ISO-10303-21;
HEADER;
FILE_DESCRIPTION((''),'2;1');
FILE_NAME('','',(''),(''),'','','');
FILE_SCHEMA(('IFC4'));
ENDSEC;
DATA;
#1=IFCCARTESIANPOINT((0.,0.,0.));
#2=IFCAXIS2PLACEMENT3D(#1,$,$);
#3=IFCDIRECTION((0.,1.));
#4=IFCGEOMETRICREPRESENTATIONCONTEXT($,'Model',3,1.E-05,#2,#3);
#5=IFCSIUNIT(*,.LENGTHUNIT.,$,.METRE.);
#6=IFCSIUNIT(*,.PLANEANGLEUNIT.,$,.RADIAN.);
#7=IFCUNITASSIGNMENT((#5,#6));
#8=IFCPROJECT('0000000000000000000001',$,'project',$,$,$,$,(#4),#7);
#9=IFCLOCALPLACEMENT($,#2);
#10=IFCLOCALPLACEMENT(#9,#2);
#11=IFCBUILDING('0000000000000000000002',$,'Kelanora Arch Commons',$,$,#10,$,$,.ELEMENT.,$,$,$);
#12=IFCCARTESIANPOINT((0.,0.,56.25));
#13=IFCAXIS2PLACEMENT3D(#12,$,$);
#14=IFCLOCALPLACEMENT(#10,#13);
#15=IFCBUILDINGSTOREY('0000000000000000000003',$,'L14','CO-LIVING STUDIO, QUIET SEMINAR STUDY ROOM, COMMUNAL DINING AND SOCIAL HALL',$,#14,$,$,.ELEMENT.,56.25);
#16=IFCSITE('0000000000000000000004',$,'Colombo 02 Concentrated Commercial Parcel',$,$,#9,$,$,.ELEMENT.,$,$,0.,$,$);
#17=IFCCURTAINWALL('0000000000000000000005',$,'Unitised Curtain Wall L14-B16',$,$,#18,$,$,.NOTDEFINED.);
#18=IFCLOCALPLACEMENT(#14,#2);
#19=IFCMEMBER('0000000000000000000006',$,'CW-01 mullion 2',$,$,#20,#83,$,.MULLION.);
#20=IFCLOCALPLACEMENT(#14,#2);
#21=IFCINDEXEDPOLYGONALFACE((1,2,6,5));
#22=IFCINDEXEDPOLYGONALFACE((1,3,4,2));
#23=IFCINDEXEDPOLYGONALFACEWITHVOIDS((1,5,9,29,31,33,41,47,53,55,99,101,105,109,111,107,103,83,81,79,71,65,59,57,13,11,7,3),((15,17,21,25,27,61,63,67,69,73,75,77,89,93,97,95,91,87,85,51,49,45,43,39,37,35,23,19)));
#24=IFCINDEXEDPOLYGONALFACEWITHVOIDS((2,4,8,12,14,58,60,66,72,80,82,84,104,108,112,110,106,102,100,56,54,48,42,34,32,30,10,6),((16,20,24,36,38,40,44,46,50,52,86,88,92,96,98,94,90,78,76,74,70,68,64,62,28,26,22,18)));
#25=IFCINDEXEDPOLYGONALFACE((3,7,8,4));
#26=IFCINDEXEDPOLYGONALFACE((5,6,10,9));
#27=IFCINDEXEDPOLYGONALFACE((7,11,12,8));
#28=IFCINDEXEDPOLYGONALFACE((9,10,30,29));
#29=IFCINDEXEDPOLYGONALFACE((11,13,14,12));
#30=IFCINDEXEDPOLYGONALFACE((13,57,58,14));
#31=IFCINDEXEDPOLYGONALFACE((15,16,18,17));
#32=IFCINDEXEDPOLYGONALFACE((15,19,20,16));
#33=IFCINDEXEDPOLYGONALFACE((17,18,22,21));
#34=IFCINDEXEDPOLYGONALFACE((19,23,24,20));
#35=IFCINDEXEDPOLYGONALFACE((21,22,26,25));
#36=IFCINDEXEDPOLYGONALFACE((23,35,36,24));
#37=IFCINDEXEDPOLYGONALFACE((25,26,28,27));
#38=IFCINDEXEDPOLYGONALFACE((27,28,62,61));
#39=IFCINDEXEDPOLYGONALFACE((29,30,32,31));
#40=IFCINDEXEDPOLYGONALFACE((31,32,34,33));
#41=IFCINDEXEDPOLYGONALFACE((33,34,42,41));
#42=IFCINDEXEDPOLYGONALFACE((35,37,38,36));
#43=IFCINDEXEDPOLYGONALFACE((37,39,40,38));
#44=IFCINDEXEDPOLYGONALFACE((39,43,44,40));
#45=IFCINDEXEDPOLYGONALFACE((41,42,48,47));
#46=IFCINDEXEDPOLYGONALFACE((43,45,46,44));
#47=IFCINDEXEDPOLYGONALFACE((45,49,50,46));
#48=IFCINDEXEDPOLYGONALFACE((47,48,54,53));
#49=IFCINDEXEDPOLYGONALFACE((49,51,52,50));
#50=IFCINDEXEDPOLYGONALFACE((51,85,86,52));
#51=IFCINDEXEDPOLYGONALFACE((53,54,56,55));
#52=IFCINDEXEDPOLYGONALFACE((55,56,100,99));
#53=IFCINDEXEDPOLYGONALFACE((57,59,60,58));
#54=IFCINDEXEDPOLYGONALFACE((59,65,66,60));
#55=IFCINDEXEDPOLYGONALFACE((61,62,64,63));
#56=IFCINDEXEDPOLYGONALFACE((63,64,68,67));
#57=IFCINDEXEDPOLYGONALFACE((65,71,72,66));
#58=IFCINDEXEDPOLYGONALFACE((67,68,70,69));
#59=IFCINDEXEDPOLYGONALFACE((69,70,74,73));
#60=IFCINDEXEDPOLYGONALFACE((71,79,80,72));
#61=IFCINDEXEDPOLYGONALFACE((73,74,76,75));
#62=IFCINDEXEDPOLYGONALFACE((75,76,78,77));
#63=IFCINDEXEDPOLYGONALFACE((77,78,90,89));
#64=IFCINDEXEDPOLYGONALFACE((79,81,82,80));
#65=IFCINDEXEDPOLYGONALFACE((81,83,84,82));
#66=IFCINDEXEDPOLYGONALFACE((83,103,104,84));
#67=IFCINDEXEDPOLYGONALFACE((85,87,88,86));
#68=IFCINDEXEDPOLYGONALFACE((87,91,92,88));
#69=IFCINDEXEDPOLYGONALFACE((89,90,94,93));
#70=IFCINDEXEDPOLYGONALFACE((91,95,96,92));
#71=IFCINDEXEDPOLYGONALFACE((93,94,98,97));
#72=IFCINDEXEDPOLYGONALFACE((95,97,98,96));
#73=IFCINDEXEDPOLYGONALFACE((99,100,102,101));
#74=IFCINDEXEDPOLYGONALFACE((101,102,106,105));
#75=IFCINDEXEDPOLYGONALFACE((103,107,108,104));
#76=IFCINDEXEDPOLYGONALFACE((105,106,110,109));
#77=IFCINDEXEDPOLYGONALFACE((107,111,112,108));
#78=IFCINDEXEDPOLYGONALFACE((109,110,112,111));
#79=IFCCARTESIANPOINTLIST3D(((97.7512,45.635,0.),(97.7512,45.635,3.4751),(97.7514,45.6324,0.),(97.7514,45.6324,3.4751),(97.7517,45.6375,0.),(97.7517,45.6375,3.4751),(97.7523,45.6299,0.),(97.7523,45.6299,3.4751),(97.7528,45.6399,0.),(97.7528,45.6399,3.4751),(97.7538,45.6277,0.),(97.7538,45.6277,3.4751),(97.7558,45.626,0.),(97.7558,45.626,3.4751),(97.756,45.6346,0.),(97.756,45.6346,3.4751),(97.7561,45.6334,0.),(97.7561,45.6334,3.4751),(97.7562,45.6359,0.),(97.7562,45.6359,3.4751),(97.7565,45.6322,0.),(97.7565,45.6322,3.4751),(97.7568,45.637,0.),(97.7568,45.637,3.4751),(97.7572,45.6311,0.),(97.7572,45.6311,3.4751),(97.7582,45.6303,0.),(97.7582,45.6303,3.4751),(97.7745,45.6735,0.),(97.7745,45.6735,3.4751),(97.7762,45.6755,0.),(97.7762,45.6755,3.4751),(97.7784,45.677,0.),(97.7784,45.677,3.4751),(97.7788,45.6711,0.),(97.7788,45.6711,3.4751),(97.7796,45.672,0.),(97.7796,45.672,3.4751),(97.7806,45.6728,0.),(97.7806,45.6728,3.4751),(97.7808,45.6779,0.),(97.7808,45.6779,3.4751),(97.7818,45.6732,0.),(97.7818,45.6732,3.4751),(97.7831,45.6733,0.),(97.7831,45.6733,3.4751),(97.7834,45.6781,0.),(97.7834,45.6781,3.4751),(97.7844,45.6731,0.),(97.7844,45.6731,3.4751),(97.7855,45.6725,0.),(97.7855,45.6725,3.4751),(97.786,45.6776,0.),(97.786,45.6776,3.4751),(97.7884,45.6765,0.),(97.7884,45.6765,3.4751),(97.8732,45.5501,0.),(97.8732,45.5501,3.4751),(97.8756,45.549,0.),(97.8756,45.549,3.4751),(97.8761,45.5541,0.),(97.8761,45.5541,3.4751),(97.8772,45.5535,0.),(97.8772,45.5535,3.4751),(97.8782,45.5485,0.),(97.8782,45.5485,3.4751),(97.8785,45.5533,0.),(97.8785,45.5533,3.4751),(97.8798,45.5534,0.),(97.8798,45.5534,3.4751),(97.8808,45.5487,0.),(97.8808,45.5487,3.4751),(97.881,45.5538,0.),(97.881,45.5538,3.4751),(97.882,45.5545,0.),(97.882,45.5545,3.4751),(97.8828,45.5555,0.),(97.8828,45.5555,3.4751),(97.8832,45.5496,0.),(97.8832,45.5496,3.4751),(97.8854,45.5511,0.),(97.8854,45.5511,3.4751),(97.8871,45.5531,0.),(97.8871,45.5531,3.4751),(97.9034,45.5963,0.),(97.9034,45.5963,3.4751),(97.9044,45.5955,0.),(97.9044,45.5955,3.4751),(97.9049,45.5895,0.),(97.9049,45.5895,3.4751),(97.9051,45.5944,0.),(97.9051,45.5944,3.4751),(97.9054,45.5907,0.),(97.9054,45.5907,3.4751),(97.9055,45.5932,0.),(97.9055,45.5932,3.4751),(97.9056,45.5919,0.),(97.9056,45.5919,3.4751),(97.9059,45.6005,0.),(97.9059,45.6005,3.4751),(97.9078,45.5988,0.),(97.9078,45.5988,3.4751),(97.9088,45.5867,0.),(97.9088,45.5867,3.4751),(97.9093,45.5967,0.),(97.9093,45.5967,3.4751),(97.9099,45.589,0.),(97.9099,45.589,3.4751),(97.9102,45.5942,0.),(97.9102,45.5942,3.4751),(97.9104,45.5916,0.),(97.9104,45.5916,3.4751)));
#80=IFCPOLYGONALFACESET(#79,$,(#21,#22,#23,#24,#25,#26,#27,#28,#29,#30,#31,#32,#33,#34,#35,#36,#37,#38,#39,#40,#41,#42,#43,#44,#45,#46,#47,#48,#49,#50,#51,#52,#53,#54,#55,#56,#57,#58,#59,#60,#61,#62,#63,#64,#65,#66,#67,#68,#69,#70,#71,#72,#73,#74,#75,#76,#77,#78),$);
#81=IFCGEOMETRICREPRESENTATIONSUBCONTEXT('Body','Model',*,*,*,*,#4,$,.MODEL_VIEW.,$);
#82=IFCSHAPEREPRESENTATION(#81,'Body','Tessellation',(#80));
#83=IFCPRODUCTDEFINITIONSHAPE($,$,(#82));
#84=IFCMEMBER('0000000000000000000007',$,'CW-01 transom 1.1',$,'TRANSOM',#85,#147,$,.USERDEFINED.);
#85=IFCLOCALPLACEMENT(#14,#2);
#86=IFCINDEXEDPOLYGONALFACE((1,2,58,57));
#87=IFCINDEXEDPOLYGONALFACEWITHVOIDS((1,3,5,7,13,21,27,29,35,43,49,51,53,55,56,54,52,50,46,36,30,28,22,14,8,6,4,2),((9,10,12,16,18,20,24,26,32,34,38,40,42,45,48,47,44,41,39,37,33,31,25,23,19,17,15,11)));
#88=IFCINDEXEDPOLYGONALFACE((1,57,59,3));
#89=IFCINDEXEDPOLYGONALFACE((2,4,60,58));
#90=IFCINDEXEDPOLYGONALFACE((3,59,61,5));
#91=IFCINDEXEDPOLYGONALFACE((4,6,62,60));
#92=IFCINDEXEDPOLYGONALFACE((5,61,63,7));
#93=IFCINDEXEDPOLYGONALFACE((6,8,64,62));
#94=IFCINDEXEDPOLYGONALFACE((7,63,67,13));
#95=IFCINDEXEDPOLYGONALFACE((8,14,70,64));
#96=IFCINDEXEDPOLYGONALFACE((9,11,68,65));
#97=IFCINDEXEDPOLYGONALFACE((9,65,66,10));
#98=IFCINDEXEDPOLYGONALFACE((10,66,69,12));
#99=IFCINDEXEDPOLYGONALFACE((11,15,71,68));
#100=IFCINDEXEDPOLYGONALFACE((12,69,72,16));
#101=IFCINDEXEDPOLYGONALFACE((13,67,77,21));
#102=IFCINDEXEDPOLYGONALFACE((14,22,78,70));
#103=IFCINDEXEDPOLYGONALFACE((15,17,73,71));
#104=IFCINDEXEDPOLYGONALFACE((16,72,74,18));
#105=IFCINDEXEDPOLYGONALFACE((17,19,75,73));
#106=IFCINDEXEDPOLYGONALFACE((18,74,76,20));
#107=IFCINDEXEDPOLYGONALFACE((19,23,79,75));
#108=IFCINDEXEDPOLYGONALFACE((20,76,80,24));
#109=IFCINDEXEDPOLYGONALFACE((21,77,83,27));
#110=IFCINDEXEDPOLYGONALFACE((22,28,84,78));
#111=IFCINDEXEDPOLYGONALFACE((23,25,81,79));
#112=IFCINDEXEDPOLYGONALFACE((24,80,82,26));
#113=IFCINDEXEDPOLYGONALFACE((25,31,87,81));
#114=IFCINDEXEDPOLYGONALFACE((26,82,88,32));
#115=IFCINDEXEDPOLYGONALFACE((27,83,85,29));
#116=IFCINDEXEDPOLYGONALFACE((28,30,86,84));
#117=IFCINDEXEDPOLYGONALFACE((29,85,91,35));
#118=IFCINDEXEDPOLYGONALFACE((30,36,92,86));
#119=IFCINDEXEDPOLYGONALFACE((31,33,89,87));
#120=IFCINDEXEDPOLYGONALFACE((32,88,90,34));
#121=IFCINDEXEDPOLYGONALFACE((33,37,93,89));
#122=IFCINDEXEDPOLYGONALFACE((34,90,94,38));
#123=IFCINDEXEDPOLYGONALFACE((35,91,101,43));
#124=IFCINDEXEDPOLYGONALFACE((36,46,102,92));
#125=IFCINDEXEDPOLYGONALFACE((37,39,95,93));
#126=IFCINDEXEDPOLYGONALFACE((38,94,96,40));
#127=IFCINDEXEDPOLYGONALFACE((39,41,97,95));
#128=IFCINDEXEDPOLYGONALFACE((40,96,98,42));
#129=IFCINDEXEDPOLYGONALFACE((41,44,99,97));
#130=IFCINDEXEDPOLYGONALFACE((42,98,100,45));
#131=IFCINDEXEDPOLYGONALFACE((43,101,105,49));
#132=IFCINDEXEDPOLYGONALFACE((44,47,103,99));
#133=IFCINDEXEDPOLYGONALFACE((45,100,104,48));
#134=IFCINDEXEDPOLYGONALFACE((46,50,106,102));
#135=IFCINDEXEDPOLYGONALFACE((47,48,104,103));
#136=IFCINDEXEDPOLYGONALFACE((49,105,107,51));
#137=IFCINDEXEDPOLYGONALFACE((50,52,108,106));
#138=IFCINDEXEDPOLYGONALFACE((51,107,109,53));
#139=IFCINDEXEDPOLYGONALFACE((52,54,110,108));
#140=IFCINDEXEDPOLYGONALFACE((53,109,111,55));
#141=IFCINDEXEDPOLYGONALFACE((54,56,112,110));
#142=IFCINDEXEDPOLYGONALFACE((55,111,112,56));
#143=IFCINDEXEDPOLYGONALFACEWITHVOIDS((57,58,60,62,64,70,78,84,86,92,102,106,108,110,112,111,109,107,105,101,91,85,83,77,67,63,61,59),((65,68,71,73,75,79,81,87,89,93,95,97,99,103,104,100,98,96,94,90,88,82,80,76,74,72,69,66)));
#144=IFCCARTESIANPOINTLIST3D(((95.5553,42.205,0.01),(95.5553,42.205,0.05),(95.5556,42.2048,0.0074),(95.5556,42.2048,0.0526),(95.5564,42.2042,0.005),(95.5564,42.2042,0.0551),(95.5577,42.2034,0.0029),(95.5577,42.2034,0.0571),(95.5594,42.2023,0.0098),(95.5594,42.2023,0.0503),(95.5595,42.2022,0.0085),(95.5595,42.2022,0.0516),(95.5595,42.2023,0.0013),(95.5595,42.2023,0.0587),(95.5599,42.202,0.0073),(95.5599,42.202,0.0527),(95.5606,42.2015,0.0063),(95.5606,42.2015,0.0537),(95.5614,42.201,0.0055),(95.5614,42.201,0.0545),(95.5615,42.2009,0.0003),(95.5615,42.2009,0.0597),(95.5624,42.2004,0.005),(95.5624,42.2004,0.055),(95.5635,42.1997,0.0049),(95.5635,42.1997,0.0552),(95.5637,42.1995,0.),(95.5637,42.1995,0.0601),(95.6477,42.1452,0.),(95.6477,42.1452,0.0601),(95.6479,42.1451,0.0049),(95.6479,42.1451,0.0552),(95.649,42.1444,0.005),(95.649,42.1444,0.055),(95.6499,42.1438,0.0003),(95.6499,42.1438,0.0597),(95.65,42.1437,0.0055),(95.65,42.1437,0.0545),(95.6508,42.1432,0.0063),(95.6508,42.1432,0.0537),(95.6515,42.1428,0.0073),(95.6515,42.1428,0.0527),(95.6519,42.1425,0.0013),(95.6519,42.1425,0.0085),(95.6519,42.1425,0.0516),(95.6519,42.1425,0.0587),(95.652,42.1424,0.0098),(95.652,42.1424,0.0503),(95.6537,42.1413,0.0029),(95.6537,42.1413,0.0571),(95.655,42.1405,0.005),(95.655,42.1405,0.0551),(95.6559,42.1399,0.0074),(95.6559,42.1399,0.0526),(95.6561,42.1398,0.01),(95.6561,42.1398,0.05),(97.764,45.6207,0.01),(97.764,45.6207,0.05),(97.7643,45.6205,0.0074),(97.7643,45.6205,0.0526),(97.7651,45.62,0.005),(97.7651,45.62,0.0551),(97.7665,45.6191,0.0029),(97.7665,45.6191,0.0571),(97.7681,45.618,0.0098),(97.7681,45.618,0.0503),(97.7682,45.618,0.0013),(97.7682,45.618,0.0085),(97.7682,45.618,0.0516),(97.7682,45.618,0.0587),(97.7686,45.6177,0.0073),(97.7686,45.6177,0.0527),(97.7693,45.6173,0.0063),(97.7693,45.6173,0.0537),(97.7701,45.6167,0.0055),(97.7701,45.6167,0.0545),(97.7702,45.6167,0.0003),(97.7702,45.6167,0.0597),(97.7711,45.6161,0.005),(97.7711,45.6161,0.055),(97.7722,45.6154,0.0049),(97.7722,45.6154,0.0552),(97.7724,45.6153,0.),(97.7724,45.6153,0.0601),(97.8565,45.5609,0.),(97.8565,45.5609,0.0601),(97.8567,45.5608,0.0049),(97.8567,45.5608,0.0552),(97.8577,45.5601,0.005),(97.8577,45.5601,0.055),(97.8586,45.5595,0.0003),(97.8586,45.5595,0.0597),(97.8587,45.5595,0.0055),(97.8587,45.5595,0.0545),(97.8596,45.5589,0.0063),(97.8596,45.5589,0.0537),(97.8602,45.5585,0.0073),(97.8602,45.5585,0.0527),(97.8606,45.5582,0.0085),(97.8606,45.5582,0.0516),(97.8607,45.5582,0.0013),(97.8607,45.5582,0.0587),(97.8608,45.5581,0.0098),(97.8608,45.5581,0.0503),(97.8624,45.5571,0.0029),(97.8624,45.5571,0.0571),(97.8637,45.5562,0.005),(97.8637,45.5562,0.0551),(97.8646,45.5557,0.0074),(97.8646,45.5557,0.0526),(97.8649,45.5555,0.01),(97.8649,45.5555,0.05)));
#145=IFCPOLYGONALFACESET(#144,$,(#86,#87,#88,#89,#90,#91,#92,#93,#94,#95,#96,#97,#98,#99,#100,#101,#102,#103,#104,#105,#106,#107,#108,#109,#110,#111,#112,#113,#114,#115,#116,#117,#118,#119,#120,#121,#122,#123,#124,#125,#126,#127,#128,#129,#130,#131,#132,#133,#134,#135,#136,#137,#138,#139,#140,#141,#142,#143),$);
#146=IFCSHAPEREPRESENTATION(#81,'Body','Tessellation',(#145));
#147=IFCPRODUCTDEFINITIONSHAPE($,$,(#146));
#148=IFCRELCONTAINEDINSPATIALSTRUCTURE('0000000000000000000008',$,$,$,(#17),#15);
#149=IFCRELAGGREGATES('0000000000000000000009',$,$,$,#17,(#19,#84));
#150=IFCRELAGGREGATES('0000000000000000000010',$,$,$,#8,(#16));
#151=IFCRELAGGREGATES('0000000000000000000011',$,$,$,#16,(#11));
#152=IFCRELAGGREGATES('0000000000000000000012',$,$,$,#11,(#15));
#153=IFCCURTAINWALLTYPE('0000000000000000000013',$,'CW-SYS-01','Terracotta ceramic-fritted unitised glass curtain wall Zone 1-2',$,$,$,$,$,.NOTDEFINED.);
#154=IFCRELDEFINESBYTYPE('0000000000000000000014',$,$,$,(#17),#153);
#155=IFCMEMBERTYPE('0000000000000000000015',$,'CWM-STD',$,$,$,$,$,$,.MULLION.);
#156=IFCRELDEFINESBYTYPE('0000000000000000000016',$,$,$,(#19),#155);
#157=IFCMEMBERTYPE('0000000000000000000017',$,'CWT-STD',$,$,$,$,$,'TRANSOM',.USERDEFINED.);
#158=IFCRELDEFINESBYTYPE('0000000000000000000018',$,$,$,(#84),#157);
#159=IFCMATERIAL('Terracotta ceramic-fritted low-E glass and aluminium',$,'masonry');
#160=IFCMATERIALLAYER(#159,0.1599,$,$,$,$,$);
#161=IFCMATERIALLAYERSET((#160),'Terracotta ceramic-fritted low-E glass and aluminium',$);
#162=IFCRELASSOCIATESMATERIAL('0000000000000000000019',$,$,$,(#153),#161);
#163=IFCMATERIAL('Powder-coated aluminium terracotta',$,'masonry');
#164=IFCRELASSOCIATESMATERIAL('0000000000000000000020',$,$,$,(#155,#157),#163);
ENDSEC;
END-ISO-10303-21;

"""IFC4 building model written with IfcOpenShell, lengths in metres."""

from ifc_helpers import new_model, si_unit, direction, frame, origin, origin_2d, place, context, subcontext, project, spatial, hollow_rectangle, extrude, material, layer, layer_set, material_profile, profile_set, type_object, element, aggregate, save


model = new_model("IFC4")

# Units and contexts
model_context = context("Model", 3, precision=1e-05, world=origin(), true_north=direction((0.0, 1.0)))
body_context = subcontext(model_context, "Body", "Model", "MODEL_VIEW")
ifc_project = project(units=[si_unit("LENGTHUNIT", "METRE"), si_unit("PLANEANGLEUNIT", "RADIAN")], contexts=[model_context])

# Site, building, storey
site_placement = place(None, origin())
site = spatial("IfcSite", under=ifc_project, at=site_placement, Name="Colombo 02 Concentrated Commercial Parcel", CompositionType="ELEMENT", RefElevation=0.0)
building_placement = place(site_placement, origin())
building = spatial("IfcBuilding", under=site, at=building_placement, Name="Kelanora Arch Commons", CompositionType="ELEMENT")
storey_placement = place(building_placement, frame((0.0, 0.0, 56.25)))
storey = spatial("IfcBuildingStorey", under=building, at=storey_placement, Name="L14", Description="CO-LIVING STUDIO, QUIET SEMINAR STUDY ROOM, COMMUNAL DINING AND SOCIAL HALL", CompositionType="ELEMENT", Elevation=56.25)

# Shared definitions
ifc_material_1 = material(Name="Terracotta ceramic-fritted low-E glass and aluminium", Category="masonry")
ifc_layer_1 = layer(ifc_material_1, 0.1599)
ifc_layer_set_1 = layer_set([ifc_layer_1], Name="Terracotta ceramic-fritted low-E glass and aluminium")
curtain_wall_type = type_object("IfcCurtainWallType", Name="CW-SYS-01", Description="Terracotta ceramic-fritted unitised glass curtain wall Zone 1-2", PredefinedType="NOTDEFINED", material=ifc_layer_set_1)
ifc_material_2 = material(Name="Powder-coated aluminium terracotta", Category="masonry")
ifc_material_profile_1 = material_profile(ifc_material_2, hollow_rectangle(XDim=0.1599, YDim=0.0601, WallThickness=0.0049, InnerFilletRadius=0.0049, OuterFilletRadius=0.01, at=origin_2d()), Name="CWM160x60")
ifc_profile_set_1 = profile_set([ifc_material_profile_1], Name="Powder-coated aluminium terracotta")
member_type_1 = type_object("IfcMemberType", Name="CWM-STD", PredefinedType="MULLION", material=ifc_profile_set_1)

# Curtain wall, members
curtain_wall_1_placement = place(storey_placement, origin())
curtain_wall_1 = element("IfcCurtainWall", 1, at=curtain_wall_1_placement, inside=storey, type_object=curtain_wall_type, Name="Unitised Curtain Wall L14-B16", PredefinedType="NOTDEFINED")
member_1_placement = place(storey_placement, frame((97.8308, 45.6133, 0.0), z_axis=(0.0, 0.0, 1.0), x_axis=(-0.83973, 0.543004, 0.0)))
member_1 = element("IfcMember", 2, at=member_1_placement, type_object=member_type_1, Name="CW-01 mullion 2", PredefinedType="MULLION", context=body_context, shape_type="SweptSolid", body=[
    extrude(hollow_rectangle(XDim=0.1599, YDim=0.0601, WallThickness=0.0049, InnerFilletRadius=0.0049, OuterFilletRadius=0.01, at=origin_2d()), origin(), (0.0, 0.0, 1.0), 3.4751),
])
ifc_material_profile_2 = material_profile(ifc_material_2, hollow_rectangle(XDim=0.1201, YDim=0.0601, WallThickness=0.0049, InnerFilletRadius=0.0049, OuterFilletRadius=0.01, at=origin_2d()), Name="CWT120x60")
ifc_profile_set_2 = profile_set([ifc_material_profile_2], Name="Powder-coated aluminium terracotta")
member_type_2 = type_object("IfcMemberType", Name="CWT-STD", ElementType="TRANSOM", PredefinedType="USERDEFINED", material=ifc_profile_set_2)
member_2_placement = place(storey_placement, frame((95.6057, 42.1724, 0.03), z_axis=(0.542997, 0.839734, 0.0), x_axis=(-0.839734, 0.542997, 0.0)))
member_2 = element("IfcMember", 3, at=member_2_placement, type_object=member_type_2, Name="CW-01 transom 1.1", ObjectType="TRANSOM", PredefinedType="USERDEFINED", context=body_context, shape_type="SweptSolid", body=[
    extrude(hollow_rectangle(XDim=0.1201, YDim=0.0601, WallThickness=0.0049, InnerFilletRadius=0.0049, OuterFilletRadius=0.01, at=origin_2d()), origin(), (0.0, 0.0, 1.0), 4.0676),
])
aggregate(curtain_wall_1, [member_1, member_2])

save(model, "model.ifc")
